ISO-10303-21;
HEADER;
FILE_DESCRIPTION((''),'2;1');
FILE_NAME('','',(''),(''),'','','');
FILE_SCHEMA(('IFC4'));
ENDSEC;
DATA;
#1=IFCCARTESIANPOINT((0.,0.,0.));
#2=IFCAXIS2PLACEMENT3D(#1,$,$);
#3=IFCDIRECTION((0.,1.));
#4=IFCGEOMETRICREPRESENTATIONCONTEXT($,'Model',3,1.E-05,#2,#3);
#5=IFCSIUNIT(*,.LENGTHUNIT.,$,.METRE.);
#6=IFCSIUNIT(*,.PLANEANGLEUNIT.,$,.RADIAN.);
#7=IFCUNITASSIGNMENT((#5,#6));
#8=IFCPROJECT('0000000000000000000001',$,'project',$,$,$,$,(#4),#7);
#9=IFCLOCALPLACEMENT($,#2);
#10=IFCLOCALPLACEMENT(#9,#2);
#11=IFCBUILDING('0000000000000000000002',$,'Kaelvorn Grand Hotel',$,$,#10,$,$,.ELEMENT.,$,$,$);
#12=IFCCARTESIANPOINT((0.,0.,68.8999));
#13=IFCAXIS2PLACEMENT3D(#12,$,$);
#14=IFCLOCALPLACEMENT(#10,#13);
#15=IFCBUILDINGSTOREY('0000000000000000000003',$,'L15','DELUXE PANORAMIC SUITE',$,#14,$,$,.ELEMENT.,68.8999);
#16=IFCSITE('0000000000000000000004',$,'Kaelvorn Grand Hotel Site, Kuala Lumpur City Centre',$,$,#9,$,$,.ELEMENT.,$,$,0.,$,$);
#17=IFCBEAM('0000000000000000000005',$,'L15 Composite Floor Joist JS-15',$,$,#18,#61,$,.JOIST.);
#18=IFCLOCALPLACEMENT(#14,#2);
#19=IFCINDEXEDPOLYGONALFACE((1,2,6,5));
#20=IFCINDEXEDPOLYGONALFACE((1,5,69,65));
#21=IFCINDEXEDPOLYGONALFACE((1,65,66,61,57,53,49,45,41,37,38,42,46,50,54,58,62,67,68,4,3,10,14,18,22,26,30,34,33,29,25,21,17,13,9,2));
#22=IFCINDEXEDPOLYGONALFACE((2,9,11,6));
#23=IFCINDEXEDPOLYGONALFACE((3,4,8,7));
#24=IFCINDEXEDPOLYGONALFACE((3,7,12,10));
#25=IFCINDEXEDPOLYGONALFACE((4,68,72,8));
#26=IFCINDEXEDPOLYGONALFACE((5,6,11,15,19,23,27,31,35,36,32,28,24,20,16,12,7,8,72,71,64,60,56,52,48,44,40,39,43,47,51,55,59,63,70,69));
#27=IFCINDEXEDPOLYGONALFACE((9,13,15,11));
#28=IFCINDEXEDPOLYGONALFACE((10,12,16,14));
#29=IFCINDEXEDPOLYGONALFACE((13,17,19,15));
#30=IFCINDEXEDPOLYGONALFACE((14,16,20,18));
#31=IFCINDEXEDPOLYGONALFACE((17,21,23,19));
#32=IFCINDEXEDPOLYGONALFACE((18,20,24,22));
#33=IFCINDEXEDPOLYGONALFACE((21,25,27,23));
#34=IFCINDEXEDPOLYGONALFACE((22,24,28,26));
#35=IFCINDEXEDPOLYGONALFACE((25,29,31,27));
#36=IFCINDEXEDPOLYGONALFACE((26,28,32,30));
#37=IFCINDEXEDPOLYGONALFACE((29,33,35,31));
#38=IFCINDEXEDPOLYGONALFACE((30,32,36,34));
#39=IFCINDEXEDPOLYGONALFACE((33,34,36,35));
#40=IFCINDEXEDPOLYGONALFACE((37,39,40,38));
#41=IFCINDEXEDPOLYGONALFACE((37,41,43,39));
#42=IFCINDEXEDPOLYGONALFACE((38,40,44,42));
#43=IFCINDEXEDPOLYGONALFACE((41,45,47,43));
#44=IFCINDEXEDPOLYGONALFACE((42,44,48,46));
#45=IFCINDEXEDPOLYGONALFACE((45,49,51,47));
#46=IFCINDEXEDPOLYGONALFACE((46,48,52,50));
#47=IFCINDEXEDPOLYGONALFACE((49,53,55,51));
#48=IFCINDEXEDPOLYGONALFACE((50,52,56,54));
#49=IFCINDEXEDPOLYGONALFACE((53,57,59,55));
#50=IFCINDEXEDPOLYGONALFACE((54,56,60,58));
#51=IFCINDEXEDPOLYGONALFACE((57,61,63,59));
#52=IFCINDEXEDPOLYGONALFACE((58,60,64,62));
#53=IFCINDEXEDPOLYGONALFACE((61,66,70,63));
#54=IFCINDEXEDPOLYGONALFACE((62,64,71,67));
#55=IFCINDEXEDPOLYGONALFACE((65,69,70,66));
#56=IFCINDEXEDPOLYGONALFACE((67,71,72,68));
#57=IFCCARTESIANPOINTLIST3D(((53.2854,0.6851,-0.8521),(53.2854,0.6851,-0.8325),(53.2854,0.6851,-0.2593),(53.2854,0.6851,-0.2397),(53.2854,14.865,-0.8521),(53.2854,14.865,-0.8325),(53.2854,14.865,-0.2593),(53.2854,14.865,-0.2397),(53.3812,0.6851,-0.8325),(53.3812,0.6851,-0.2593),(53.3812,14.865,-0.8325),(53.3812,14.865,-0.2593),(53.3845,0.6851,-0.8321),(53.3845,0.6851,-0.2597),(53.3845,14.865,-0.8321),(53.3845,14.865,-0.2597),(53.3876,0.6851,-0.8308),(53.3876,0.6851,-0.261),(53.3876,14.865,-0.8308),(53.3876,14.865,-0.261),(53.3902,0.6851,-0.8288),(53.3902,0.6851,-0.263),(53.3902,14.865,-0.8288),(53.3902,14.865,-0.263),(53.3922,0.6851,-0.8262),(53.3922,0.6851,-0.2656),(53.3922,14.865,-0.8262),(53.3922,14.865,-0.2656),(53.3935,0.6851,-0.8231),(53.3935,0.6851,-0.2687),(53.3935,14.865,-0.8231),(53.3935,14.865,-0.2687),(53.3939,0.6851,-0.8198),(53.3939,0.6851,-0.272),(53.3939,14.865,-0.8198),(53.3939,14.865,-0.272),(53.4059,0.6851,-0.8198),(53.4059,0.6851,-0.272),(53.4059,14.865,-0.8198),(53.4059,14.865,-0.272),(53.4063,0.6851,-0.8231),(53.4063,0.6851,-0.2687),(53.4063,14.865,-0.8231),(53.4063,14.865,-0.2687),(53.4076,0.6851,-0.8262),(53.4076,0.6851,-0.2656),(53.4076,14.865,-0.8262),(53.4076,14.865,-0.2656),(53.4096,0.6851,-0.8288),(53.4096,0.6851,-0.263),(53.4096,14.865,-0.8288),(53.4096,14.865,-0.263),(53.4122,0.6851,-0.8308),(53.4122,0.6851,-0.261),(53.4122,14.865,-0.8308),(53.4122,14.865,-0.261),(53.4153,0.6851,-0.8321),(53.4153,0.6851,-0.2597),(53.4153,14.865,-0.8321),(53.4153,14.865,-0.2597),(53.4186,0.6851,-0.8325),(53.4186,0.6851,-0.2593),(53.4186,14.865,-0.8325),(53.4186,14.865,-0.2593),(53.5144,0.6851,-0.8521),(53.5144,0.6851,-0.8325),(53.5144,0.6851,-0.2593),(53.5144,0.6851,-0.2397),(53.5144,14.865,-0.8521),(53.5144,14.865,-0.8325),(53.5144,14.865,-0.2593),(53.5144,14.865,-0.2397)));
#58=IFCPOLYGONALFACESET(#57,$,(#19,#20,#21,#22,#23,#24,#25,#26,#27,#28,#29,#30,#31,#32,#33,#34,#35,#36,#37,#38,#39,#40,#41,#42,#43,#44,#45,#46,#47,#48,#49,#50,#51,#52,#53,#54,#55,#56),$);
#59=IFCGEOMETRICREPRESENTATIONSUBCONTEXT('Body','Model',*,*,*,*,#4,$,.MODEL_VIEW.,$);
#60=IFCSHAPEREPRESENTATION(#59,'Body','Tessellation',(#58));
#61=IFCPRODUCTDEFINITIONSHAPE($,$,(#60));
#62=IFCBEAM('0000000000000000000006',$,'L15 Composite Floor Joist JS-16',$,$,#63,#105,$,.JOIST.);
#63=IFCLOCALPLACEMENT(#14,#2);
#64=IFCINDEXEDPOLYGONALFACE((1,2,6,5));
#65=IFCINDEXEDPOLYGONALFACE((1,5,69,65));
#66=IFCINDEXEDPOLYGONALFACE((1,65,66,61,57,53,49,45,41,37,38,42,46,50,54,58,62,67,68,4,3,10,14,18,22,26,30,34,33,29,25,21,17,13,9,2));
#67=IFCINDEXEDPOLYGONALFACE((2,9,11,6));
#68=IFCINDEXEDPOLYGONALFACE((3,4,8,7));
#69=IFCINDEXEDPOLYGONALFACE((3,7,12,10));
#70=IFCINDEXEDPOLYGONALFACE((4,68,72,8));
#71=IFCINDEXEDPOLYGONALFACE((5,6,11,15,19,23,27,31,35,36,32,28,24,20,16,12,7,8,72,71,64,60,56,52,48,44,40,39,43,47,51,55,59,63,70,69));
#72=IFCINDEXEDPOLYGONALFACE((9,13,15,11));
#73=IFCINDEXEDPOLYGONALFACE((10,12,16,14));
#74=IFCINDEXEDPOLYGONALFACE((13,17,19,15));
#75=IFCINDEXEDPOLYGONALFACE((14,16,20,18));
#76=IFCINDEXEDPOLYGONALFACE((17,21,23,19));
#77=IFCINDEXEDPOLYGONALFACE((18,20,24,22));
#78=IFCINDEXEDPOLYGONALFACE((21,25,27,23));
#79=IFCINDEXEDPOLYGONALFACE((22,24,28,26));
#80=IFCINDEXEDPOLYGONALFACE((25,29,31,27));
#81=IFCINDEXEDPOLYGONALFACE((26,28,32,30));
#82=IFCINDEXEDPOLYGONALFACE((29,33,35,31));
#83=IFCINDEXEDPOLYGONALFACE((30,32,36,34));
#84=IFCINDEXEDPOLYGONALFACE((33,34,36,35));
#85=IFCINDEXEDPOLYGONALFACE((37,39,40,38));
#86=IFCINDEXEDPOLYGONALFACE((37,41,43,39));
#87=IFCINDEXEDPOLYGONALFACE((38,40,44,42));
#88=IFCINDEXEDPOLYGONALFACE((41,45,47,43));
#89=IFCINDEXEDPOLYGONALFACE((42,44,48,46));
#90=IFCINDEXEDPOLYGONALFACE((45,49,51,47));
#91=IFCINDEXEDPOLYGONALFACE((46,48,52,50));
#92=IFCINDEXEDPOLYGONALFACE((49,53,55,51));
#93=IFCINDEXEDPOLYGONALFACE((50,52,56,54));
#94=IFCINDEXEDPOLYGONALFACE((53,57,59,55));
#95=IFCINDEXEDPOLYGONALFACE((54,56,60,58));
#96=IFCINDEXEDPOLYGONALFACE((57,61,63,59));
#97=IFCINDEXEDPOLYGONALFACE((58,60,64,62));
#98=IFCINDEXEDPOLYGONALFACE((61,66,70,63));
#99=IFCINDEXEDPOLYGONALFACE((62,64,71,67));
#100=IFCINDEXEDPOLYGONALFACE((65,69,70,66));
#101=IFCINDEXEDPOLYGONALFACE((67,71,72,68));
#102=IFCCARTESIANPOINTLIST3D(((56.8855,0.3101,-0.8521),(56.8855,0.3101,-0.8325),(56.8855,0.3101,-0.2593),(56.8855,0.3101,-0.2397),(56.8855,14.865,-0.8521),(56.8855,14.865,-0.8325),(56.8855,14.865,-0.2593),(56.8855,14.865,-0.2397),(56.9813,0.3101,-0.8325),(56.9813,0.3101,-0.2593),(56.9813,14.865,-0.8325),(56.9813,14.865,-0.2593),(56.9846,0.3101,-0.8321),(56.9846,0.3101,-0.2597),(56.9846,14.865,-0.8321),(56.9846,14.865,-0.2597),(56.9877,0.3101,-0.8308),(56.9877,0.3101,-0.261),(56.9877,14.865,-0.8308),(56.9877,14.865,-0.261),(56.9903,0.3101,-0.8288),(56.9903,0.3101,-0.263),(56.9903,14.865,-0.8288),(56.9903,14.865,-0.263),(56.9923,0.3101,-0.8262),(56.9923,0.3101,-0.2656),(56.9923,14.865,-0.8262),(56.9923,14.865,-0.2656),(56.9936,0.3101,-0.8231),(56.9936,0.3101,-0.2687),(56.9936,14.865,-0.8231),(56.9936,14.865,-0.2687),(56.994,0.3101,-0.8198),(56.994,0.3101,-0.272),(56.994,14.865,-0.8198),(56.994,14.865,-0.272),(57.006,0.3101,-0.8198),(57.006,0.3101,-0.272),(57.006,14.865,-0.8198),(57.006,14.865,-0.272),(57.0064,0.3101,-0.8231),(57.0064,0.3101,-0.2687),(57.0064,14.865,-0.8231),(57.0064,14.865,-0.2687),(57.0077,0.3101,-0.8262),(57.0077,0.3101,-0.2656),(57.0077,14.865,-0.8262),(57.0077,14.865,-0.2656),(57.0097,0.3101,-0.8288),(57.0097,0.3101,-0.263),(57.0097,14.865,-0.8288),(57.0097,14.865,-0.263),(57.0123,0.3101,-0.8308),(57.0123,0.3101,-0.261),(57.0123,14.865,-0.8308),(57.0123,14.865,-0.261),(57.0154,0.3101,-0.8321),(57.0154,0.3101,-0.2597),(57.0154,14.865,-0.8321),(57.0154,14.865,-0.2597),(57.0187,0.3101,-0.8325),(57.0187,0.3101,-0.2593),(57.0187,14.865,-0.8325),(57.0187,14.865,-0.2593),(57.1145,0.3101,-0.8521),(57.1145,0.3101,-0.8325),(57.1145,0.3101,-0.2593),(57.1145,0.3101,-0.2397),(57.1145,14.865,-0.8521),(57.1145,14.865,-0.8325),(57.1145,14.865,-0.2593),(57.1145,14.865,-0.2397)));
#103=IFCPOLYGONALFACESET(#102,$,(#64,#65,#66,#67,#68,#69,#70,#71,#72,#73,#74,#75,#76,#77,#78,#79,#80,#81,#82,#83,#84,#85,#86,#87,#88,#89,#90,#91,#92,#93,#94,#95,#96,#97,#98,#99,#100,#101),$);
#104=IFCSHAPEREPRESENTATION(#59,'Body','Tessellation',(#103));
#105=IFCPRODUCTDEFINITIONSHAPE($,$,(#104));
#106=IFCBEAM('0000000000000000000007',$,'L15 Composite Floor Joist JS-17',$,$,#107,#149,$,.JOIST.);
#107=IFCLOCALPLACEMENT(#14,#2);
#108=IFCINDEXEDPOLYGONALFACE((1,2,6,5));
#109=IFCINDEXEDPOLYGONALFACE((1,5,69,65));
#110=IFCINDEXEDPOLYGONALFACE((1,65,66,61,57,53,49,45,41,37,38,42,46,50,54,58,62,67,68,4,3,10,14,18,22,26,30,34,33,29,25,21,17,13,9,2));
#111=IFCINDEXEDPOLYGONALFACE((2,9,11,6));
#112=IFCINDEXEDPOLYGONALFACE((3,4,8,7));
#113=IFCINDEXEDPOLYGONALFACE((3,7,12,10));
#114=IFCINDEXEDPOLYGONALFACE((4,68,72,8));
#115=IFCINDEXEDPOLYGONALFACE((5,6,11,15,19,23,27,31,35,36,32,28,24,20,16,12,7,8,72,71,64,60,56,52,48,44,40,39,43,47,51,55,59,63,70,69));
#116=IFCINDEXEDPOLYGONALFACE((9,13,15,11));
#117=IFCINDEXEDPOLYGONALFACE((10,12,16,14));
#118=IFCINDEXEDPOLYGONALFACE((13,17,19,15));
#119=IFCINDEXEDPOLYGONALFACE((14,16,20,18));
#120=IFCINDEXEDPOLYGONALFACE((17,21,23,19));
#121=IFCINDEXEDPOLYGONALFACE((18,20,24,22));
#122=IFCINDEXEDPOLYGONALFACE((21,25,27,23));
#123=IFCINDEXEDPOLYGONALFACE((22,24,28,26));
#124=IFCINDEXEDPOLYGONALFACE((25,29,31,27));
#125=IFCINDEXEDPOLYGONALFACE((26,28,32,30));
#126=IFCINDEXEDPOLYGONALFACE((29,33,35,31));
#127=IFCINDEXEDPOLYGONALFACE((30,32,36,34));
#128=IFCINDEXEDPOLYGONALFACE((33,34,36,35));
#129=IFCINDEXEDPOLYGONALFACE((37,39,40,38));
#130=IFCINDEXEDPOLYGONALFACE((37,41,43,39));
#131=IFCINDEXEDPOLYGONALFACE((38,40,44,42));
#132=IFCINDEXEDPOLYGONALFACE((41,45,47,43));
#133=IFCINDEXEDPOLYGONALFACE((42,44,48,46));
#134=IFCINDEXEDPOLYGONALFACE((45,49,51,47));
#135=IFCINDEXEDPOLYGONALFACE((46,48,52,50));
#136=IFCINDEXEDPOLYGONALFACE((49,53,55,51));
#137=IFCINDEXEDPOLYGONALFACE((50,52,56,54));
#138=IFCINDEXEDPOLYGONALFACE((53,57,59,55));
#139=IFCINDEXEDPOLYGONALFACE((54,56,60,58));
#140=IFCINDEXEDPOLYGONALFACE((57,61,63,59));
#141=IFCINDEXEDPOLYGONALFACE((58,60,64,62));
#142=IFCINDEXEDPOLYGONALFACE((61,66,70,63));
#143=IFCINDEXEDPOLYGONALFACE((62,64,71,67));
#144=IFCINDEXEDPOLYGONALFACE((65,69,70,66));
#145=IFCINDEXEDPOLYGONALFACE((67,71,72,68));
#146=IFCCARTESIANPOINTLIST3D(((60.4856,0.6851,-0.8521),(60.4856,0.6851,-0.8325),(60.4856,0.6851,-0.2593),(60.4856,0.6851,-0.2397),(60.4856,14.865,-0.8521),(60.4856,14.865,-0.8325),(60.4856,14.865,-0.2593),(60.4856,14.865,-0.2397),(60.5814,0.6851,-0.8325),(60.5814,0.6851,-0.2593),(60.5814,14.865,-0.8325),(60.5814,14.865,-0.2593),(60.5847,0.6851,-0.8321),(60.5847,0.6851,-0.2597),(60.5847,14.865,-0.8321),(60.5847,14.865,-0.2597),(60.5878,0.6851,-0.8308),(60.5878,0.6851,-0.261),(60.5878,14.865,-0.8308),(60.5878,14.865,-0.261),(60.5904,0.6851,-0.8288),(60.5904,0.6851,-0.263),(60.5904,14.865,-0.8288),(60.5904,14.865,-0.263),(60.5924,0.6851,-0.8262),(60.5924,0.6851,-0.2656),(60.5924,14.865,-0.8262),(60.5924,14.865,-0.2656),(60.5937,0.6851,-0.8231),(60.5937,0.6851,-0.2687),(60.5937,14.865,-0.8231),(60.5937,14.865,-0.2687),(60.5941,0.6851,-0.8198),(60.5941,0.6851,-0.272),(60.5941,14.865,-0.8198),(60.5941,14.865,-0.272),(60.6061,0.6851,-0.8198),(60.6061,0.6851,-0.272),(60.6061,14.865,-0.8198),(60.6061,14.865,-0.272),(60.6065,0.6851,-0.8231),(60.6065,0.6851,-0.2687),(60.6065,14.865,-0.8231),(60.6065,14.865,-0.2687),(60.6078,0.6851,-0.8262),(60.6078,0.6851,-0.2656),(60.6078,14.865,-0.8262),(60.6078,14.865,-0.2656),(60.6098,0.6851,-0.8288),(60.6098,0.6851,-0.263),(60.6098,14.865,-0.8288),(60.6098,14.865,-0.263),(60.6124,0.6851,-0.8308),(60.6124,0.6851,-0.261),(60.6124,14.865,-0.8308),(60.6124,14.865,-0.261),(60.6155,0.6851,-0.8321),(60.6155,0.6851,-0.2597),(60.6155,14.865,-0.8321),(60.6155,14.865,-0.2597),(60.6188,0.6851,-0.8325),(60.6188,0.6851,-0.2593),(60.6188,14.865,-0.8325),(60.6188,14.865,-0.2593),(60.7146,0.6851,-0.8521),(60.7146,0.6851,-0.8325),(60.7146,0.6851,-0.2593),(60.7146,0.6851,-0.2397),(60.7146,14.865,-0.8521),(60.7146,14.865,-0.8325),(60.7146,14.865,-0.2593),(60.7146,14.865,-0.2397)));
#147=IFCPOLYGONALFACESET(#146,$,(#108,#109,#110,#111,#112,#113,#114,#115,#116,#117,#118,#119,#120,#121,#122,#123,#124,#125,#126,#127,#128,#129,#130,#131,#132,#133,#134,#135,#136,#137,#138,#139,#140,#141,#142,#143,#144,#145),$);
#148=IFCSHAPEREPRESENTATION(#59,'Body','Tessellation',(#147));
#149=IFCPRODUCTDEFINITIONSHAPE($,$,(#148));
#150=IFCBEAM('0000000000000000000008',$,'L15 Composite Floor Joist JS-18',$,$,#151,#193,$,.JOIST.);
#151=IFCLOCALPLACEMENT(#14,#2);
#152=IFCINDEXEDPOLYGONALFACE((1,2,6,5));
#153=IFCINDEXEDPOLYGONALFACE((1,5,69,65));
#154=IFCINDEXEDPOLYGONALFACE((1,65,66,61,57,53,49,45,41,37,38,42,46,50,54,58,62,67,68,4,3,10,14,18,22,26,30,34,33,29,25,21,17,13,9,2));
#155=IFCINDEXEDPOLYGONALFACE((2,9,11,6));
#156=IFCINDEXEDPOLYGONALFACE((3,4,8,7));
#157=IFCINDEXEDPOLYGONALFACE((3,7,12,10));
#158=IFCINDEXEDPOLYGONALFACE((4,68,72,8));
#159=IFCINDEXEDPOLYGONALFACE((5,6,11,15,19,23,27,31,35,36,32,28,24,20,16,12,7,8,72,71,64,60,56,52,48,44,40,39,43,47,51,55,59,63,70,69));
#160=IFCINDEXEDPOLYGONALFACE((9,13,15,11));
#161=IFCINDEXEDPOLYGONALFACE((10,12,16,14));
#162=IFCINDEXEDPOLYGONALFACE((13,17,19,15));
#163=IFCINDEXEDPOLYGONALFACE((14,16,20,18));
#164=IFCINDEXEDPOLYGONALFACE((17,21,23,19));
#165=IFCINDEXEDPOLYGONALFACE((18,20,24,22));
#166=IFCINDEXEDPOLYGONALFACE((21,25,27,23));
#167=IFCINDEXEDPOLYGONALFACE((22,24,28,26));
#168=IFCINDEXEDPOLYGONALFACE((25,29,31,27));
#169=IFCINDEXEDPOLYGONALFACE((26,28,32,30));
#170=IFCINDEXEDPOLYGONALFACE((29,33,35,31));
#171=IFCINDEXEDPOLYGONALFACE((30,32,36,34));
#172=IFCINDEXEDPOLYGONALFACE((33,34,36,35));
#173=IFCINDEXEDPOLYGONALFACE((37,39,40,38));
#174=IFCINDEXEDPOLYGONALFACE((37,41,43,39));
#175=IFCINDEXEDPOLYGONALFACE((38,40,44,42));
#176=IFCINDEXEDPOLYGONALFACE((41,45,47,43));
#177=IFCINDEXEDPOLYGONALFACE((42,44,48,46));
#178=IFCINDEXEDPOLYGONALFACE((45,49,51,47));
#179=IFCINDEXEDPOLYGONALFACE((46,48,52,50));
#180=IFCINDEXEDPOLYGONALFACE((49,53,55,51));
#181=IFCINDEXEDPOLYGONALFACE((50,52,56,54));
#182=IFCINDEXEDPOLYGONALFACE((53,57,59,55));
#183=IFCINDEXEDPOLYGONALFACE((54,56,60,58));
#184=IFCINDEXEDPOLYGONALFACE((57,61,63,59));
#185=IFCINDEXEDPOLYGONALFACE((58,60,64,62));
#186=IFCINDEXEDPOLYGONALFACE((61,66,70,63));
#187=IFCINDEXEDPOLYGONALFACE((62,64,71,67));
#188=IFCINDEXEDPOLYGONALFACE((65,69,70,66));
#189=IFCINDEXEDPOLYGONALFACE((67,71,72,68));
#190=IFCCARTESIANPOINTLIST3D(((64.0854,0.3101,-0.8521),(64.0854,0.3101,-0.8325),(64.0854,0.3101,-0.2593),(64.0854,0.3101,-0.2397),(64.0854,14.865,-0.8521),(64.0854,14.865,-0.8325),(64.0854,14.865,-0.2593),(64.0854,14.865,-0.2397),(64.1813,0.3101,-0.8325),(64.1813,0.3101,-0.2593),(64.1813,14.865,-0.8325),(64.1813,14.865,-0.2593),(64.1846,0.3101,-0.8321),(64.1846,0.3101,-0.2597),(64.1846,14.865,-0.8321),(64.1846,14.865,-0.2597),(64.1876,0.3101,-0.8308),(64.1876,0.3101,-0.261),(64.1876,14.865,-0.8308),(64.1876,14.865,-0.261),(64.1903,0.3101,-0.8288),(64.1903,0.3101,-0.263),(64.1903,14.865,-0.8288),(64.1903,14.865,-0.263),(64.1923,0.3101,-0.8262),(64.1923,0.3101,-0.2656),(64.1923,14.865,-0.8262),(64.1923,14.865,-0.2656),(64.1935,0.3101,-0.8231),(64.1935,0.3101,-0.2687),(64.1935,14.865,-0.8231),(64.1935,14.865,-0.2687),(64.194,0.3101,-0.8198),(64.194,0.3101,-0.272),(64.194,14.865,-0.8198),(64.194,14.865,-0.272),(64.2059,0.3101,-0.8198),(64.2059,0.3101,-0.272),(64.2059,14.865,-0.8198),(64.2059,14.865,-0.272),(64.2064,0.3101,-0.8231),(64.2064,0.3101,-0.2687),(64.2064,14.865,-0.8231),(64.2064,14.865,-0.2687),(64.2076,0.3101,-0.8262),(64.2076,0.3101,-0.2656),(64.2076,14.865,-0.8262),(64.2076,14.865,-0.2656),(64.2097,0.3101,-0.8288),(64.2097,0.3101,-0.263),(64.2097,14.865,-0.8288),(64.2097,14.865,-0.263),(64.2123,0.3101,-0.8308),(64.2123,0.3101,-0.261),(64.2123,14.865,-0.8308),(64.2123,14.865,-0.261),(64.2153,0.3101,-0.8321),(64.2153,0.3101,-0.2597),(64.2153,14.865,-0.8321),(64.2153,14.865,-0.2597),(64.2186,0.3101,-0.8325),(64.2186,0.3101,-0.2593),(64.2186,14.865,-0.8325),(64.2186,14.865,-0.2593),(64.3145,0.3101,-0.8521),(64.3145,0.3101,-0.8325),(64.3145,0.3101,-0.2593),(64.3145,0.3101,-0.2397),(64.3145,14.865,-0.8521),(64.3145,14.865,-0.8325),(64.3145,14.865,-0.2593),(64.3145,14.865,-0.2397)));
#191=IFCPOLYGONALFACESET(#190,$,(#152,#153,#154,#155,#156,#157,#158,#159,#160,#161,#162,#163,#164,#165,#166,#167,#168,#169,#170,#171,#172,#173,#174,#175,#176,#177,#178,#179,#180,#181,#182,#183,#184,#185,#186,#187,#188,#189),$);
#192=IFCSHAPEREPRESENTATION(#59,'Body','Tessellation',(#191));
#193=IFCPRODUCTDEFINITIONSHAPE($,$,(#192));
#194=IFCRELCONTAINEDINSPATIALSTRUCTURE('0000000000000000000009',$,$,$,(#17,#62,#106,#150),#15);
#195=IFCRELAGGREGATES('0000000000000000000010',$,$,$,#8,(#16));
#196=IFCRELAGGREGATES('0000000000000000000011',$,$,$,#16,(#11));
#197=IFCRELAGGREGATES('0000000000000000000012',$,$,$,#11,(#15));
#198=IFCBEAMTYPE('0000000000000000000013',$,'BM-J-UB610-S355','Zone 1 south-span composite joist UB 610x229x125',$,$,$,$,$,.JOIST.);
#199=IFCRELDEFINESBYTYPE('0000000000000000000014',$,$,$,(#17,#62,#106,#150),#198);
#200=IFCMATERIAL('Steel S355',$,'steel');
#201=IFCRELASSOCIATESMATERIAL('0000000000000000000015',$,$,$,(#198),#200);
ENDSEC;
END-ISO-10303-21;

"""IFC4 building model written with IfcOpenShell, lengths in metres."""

from ifc_helpers import new_model, si_unit, direction, frame, origin, origin_2d, place, context, subcontext, project, spatial, i_section, extrude, material, material_profile, profile_set, type_object, element, save


model = new_model("IFC4")

# Units and contexts
model_context = context("Model", 3, precision=1e-05, world=origin(), true_north=direction((0.0, 1.0)))
body_context = subcontext(model_context, "Body", "Model", "MODEL_VIEW")
ifc_project = project(units=[si_unit("LENGTHUNIT", "METRE"), si_unit("PLANEANGLEUNIT", "RADIAN")], contexts=[model_context])

# Site, building, storey
site_placement = place(None, origin())
site = spatial("IfcSite", under=ifc_project, at=site_placement, Name="Kaelvorn Grand Hotel Site, Kuala Lumpur City Centre", CompositionType="ELEMENT", RefElevation=0.0)
building_placement = place(site_placement, origin())
building = spatial("IfcBuilding", under=site, at=building_placement, Name="Kaelvorn Grand Hotel", CompositionType="ELEMENT")
storey_placement = place(building_placement, frame((0.0, 0.0, 68.8999)))
storey = spatial("IfcBuildingStorey", under=building, at=storey_placement, Name="L15", Description="DELUXE PANORAMIC SUITE", CompositionType="ELEMENT", Elevation=68.8999)

# Beams
ifc_material_1 = material(Name="Steel S355", Category="steel")
ifc_material_profile_1 = material_profile(ifc_material_1, i_section(OverallWidth=0.229, OverallDepth=0.6123, WebThickness=0.012, FlangeThickness=0.0195, FilletRadius=0.0127, at=origin_2d()), Name="UB 610x229x125")
ifc_profile_set_1 = profile_set([ifc_material_profile_1], Name="Steel S355")
beam_type_1 = type_object("IfcBeamType", Name="BM-J-UB610-S355", Description="Zone 1 south-span composite joist UB 610x229x125", PredefinedType="JOIST", material=ifc_profile_set_1)
beam_1_placement = place(storey_placement, frame((53.3999, 0.6851, -0.5459), z_axis=(0.0, 1.0, 0.0), x_axis=(-1.0, 0.0, 0.0)))
element("IfcBeam", 1, at=beam_1_placement, inside=storey, type_object=beam_type_1, Name="L15 Composite Floor Joist JS-15", PredefinedType="JOIST", context=body_context, shape_type="SweptSolid", body=[
    extrude(i_section(OverallWidth=0.229, OverallDepth=0.6123, WebThickness=0.012, FlangeThickness=0.0195, FilletRadius=0.0127, at=origin_2d()), origin(), (0.0, 0.0, 1.0), 14.1799),
])
beam_2_placement = place(storey_placement, frame((57.0, 0.3101, -0.5459), z_axis=(0.0, 1.0, 0.0), x_axis=(-1.0, 0.0, 0.0)))
element("IfcBeam", 2, at=beam_2_placement, inside=storey, type_object=beam_type_1, Name="L15 Composite Floor Joist JS-16", PredefinedType="JOIST", context=body_context, shape_type="SweptSolid", body=[
    extrude(i_section(OverallWidth=0.229, OverallDepth=0.6123, WebThickness=0.012, FlangeThickness=0.0195, FilletRadius=0.0127, at=origin_2d()), origin(), (0.0, 0.0, 1.0), 14.5549),
])
beam_3_placement = place(storey_placement, frame((60.6001, 0.6851, -0.5459), z_axis=(0.0, 1.0, 0.0), x_axis=(-1.0, 0.0, 0.0)))
element("IfcBeam", 3, at=beam_3_placement, inside=storey, type_object=beam_type_1, Name="L15 Composite Floor Joist JS-17", PredefinedType="JOIST", context=body_context, shape_type="SweptSolid", body=[
    extrude(i_section(OverallWidth=0.229, OverallDepth=0.6123, WebThickness=0.012, FlangeThickness=0.0195, FilletRadius=0.0127, at=origin_2d()), origin(), (0.0, 0.0, 1.0), 14.1799),
])
beam_4_placement = place(storey_placement, frame((64.2, 0.3101, -0.5459), z_axis=(0.0, 1.0, 0.0), x_axis=(-1.0, 0.0, 0.0)))
element("IfcBeam", 4, at=beam_4_placement, inside=storey, type_object=beam_type_1, Name="L15 Composite Floor Joist JS-18", PredefinedType="JOIST", context=body_context, shape_type="SweptSolid", body=[
    extrude(i_section(OverallWidth=0.229, OverallDepth=0.6123, WebThickness=0.012, FlangeThickness=0.0195, FilletRadius=0.0127, at=origin_2d()), origin(), (0.0, 0.0, 1.0), 14.5549),
])

save(model, "model.ifc")
